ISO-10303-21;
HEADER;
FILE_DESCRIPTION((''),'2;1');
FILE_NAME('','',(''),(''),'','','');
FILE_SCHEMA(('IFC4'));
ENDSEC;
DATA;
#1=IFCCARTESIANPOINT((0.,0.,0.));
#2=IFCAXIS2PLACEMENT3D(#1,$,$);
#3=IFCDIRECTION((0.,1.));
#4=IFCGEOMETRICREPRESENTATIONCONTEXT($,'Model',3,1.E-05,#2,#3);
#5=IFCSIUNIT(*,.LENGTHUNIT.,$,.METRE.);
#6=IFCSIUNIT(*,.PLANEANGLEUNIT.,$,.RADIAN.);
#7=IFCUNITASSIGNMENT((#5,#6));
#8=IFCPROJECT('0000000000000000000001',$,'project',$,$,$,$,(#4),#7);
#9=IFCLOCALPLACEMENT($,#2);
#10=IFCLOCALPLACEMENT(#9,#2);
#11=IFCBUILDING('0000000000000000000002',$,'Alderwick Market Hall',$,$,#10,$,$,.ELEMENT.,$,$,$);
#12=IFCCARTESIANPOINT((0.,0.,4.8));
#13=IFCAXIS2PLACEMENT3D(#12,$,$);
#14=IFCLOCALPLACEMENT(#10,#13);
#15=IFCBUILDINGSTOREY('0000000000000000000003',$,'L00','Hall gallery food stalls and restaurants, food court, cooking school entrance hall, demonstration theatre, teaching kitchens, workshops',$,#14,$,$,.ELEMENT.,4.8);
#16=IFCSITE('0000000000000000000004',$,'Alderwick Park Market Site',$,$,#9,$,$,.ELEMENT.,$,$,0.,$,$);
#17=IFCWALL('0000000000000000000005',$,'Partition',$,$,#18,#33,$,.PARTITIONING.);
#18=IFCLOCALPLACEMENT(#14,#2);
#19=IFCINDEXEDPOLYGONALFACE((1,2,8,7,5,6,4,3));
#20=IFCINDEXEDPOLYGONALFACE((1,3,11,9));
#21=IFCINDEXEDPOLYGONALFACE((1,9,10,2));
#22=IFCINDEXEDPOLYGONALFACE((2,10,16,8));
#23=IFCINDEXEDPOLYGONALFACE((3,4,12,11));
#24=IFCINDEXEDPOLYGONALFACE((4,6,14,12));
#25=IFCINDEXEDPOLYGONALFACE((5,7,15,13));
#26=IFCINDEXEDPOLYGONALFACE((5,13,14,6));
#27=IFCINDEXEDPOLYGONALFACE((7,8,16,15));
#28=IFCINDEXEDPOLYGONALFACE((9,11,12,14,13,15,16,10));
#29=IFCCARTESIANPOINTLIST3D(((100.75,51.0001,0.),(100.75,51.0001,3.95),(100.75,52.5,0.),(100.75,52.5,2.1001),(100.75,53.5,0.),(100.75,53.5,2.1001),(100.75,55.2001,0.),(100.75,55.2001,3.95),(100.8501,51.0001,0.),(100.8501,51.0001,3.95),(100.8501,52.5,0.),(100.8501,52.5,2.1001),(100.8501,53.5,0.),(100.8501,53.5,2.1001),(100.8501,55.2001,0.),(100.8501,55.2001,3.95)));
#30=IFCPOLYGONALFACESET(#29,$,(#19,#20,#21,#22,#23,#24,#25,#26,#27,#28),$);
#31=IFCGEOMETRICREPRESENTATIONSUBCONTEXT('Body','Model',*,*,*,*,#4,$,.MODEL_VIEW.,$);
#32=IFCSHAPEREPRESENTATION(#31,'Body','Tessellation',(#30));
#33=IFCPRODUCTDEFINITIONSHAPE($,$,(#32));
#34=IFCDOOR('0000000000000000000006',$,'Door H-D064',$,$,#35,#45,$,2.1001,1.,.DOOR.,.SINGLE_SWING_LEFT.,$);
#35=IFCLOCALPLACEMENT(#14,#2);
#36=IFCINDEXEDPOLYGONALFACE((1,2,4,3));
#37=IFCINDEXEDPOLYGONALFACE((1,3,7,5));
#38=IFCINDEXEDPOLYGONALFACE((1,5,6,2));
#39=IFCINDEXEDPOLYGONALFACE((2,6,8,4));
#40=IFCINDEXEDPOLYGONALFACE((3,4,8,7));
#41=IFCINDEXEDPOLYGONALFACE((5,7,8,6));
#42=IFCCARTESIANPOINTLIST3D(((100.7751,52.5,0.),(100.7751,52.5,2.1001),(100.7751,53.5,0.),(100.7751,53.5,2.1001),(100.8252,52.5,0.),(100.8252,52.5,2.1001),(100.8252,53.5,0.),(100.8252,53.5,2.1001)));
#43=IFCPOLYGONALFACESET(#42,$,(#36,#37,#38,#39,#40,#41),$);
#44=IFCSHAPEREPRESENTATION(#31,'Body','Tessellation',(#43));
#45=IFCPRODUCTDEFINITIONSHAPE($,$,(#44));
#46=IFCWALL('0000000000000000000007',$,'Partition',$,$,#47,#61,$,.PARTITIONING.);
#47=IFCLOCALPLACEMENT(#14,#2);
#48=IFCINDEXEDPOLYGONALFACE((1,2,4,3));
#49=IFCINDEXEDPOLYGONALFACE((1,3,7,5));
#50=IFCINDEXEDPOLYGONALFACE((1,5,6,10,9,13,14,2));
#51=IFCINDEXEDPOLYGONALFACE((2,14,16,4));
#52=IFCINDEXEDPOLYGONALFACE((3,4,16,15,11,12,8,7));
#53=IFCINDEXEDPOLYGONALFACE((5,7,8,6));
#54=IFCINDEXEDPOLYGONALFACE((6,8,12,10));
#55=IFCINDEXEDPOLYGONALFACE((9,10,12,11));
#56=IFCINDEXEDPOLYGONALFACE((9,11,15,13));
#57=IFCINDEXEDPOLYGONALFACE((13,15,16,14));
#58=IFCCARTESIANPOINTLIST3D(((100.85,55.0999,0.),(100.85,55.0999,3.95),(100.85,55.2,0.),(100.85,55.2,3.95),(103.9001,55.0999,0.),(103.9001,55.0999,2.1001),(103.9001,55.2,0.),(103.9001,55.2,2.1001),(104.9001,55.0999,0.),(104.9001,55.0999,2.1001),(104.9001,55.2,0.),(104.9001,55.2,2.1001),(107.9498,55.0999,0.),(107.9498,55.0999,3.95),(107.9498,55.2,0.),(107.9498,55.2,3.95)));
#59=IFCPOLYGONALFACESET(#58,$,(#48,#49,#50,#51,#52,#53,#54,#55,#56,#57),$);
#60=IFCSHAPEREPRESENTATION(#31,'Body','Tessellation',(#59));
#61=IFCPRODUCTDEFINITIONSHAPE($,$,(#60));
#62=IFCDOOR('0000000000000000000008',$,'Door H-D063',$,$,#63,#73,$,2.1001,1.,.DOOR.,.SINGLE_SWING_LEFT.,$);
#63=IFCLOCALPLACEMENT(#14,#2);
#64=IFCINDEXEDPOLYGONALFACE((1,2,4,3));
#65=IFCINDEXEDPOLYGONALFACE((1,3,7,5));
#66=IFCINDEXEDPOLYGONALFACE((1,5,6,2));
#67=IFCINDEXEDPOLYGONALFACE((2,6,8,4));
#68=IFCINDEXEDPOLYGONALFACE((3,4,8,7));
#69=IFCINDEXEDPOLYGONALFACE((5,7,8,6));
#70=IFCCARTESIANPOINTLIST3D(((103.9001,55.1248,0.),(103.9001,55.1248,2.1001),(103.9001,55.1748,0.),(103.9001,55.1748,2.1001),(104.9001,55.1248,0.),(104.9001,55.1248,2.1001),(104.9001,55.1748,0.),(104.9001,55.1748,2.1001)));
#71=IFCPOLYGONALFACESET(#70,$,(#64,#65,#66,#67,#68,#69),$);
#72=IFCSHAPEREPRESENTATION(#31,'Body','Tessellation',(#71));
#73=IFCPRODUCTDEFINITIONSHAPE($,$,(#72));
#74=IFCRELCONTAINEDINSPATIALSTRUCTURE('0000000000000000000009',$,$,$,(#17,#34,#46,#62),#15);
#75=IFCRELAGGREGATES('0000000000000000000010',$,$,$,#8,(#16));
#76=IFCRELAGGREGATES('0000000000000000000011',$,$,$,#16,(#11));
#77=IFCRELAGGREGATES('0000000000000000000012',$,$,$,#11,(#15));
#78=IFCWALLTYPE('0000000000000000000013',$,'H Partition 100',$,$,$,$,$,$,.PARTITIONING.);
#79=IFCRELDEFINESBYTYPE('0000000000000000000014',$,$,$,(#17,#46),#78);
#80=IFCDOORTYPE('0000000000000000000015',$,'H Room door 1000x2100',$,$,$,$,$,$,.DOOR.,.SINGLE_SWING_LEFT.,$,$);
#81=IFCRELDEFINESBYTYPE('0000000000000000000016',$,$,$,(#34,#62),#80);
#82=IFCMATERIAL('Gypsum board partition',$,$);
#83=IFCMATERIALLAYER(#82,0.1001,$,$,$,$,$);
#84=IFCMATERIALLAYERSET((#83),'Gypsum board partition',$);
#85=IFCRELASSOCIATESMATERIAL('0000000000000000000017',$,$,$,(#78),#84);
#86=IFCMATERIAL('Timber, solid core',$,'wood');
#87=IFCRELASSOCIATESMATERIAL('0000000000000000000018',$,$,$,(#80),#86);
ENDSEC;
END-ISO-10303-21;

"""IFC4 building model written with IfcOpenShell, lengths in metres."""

from ifc_helpers import new_model, si_unit, direction, frame, frame_2d, origin, place, context, subcontext, project, spatial, rectangle, extrude, material, layer, layer_set, type_object, element, fill, save


model = new_model("IFC4")

# Units and contexts
model_context = context("Model", 3, precision=1e-05, world=origin(), true_north=direction((0.0, 1.0)))
body_context = subcontext(model_context, "Body", "Model", "MODEL_VIEW")
ifc_project = project(units=[si_unit("LENGTHUNIT", "METRE"), si_unit("PLANEANGLEUNIT", "RADIAN")], contexts=[model_context])

# Site, building, storey
site_placement = place(None, origin())
site = spatial("IfcSite", under=ifc_project, at=site_placement, Name="Alderwick Park Market Site", CompositionType="ELEMENT", RefElevation=0.0)
building_placement = place(site_placement, origin())
building = spatial("IfcBuilding", under=site, at=building_placement, Name="Alderwick Market Hall", CompositionType="ELEMENT")
storey_placement = place(building_placement, frame((0.0, 0.0, 4.8)))
storey = spatial("IfcBuildingStorey", under=building, at=storey_placement, Name="L00", Description="Hall gallery food stalls and restaurants, food court, cooking school entrance hall, demonstration theatre, teaching kitchens, workshops", CompositionType="ELEMENT", Elevation=4.8)

# Walls, openings, doors
ifc_material_1 = material(Name="Gypsum board partition")
ifc_layer_1 = layer(ifc_material_1, 0.1001)
ifc_layer_set_1 = layer_set([ifc_layer_1], Name="Gypsum board partition")
wall_type_1 = type_object("IfcWallType", Name="H Partition 100", PredefinedType="PARTITIONING", material=ifc_layer_set_1)
wall_1_placement = place(storey_placement, frame((100.8, 51.0, 0.0), z_axis=(0.0, 0.0, 1.0), x_axis=(0.0, 1.0, 0.0)))
wall_1 = element("IfcWall", 1, at=wall_1_placement, inside=storey, type_object=wall_type_1, Name="Partition", PredefinedType="PARTITIONING", context=body_context, shape_type="SweptSolid", body=[
    extrude(rectangle(XDim=4.2, YDim=0.1001, at=frame_2d((2.1001, 0.0))), origin(), (0.0, 0.0, 1.0), 3.95),
])
opening_1_placement = place(wall_1_placement, frame((1.5, 0.0, 0.0)))
opening_1 = element("IfcOpeningElement", 2, at=opening_1_placement, cuts=wall_1, PredefinedType="OPENING", context=body_context, shape_type="SweptSolid", body=[
    extrude(rectangle(XDim=1.0, YDim=2.1001, at=frame_2d((0.5, 1.05))), frame((0.0, 0.0601, 0.0), z_axis=(0.0, -1.0, 0.0), x_axis=(1.0, 0.0, 0.0)), (0.0, 0.0, 1.0), 0.1201),
])
ifc_material_2 = material(Name="Timber, solid core", Category="wood")
door_type = type_object("IfcDoorType", Name="H Room door 1000x2100", OperationType="SINGLE_SWING_LEFT", PredefinedType="DOOR", material=ifc_material_2)
door_1_placement = place(opening_1_placement, origin())
door_1 = element("IfcDoor", 3, at=door_1_placement, inside=storey, type_object=door_type, Name="Door H-D064", OperationType="SINGLE_SWING_LEFT", OverallHeight=2.1001, OverallWidth=1.0, PredefinedType="DOOR", context=body_context, shape_type="SweptSolid", body=[
    extrude(rectangle(XDim=1.0, YDim=2.1001, at=frame_2d((0.5, 1.05))), frame((0.0, 0.0249, 0.0), z_axis=(0.0, -1.0, 0.0), x_axis=(1.0, 0.0, 0.0)), (0.0, 0.0, 1.0), 0.05),
])
fill(opening_1, door_1)
wall_2_placement = place(storey_placement, frame((100.8501, 55.1499, 0.0), z_axis=(0.0, 0.0, 1.0), x_axis=(1.0, 0.0, 0.0)))
wall_2 = element("IfcWall", 4, at=wall_2_placement, inside=storey, type_object=wall_type_1, Name="Partition", PredefinedType="PARTITIONING", context=body_context, shape_type="SweptSolid", body=[
    extrude(rectangle(XDim=7.0999, YDim=0.1001, at=frame_2d((3.5498, 0.0))), origin(), (0.0, 0.0, 1.0), 3.95),
])
opening_2_placement = place(wall_2_placement, frame((3.05, 0.0, 0.0)))
opening_2 = element("IfcOpeningElement", 5, at=opening_2_placement, cuts=wall_2, PredefinedType="OPENING", context=body_context, shape_type="SweptSolid", body=[
    extrude(rectangle(XDim=1.0, YDim=2.1001, at=frame_2d((0.5, 1.05))), frame((0.0, 0.0601, 0.0), z_axis=(0.0, -1.0, 0.0), x_axis=(1.0, 0.0, 0.0)), (0.0, 0.0, 1.0), 0.1201),
])
door_2_placement = place(opening_2_placement, origin())
door_2 = element("IfcDoor", 6, at=door_2_placement, inside=storey, type_object=door_type, Name="Door H-D063", OperationType="SINGLE_SWING_LEFT", OverallHeight=2.1001, OverallWidth=1.0, PredefinedType="DOOR", context=body_context, shape_type="SweptSolid", body=[
    extrude(rectangle(XDim=1.0, YDim=2.1001, at=frame_2d((0.5, 1.05))), frame((0.0, 0.0249, 0.0), z_axis=(0.0, -1.0, 0.0), x_axis=(1.0, 0.0, 0.0)), (0.0, 0.0, 1.0), 0.05),
])
fill(opening_2, door_2)

save(model, "model.ifc")
